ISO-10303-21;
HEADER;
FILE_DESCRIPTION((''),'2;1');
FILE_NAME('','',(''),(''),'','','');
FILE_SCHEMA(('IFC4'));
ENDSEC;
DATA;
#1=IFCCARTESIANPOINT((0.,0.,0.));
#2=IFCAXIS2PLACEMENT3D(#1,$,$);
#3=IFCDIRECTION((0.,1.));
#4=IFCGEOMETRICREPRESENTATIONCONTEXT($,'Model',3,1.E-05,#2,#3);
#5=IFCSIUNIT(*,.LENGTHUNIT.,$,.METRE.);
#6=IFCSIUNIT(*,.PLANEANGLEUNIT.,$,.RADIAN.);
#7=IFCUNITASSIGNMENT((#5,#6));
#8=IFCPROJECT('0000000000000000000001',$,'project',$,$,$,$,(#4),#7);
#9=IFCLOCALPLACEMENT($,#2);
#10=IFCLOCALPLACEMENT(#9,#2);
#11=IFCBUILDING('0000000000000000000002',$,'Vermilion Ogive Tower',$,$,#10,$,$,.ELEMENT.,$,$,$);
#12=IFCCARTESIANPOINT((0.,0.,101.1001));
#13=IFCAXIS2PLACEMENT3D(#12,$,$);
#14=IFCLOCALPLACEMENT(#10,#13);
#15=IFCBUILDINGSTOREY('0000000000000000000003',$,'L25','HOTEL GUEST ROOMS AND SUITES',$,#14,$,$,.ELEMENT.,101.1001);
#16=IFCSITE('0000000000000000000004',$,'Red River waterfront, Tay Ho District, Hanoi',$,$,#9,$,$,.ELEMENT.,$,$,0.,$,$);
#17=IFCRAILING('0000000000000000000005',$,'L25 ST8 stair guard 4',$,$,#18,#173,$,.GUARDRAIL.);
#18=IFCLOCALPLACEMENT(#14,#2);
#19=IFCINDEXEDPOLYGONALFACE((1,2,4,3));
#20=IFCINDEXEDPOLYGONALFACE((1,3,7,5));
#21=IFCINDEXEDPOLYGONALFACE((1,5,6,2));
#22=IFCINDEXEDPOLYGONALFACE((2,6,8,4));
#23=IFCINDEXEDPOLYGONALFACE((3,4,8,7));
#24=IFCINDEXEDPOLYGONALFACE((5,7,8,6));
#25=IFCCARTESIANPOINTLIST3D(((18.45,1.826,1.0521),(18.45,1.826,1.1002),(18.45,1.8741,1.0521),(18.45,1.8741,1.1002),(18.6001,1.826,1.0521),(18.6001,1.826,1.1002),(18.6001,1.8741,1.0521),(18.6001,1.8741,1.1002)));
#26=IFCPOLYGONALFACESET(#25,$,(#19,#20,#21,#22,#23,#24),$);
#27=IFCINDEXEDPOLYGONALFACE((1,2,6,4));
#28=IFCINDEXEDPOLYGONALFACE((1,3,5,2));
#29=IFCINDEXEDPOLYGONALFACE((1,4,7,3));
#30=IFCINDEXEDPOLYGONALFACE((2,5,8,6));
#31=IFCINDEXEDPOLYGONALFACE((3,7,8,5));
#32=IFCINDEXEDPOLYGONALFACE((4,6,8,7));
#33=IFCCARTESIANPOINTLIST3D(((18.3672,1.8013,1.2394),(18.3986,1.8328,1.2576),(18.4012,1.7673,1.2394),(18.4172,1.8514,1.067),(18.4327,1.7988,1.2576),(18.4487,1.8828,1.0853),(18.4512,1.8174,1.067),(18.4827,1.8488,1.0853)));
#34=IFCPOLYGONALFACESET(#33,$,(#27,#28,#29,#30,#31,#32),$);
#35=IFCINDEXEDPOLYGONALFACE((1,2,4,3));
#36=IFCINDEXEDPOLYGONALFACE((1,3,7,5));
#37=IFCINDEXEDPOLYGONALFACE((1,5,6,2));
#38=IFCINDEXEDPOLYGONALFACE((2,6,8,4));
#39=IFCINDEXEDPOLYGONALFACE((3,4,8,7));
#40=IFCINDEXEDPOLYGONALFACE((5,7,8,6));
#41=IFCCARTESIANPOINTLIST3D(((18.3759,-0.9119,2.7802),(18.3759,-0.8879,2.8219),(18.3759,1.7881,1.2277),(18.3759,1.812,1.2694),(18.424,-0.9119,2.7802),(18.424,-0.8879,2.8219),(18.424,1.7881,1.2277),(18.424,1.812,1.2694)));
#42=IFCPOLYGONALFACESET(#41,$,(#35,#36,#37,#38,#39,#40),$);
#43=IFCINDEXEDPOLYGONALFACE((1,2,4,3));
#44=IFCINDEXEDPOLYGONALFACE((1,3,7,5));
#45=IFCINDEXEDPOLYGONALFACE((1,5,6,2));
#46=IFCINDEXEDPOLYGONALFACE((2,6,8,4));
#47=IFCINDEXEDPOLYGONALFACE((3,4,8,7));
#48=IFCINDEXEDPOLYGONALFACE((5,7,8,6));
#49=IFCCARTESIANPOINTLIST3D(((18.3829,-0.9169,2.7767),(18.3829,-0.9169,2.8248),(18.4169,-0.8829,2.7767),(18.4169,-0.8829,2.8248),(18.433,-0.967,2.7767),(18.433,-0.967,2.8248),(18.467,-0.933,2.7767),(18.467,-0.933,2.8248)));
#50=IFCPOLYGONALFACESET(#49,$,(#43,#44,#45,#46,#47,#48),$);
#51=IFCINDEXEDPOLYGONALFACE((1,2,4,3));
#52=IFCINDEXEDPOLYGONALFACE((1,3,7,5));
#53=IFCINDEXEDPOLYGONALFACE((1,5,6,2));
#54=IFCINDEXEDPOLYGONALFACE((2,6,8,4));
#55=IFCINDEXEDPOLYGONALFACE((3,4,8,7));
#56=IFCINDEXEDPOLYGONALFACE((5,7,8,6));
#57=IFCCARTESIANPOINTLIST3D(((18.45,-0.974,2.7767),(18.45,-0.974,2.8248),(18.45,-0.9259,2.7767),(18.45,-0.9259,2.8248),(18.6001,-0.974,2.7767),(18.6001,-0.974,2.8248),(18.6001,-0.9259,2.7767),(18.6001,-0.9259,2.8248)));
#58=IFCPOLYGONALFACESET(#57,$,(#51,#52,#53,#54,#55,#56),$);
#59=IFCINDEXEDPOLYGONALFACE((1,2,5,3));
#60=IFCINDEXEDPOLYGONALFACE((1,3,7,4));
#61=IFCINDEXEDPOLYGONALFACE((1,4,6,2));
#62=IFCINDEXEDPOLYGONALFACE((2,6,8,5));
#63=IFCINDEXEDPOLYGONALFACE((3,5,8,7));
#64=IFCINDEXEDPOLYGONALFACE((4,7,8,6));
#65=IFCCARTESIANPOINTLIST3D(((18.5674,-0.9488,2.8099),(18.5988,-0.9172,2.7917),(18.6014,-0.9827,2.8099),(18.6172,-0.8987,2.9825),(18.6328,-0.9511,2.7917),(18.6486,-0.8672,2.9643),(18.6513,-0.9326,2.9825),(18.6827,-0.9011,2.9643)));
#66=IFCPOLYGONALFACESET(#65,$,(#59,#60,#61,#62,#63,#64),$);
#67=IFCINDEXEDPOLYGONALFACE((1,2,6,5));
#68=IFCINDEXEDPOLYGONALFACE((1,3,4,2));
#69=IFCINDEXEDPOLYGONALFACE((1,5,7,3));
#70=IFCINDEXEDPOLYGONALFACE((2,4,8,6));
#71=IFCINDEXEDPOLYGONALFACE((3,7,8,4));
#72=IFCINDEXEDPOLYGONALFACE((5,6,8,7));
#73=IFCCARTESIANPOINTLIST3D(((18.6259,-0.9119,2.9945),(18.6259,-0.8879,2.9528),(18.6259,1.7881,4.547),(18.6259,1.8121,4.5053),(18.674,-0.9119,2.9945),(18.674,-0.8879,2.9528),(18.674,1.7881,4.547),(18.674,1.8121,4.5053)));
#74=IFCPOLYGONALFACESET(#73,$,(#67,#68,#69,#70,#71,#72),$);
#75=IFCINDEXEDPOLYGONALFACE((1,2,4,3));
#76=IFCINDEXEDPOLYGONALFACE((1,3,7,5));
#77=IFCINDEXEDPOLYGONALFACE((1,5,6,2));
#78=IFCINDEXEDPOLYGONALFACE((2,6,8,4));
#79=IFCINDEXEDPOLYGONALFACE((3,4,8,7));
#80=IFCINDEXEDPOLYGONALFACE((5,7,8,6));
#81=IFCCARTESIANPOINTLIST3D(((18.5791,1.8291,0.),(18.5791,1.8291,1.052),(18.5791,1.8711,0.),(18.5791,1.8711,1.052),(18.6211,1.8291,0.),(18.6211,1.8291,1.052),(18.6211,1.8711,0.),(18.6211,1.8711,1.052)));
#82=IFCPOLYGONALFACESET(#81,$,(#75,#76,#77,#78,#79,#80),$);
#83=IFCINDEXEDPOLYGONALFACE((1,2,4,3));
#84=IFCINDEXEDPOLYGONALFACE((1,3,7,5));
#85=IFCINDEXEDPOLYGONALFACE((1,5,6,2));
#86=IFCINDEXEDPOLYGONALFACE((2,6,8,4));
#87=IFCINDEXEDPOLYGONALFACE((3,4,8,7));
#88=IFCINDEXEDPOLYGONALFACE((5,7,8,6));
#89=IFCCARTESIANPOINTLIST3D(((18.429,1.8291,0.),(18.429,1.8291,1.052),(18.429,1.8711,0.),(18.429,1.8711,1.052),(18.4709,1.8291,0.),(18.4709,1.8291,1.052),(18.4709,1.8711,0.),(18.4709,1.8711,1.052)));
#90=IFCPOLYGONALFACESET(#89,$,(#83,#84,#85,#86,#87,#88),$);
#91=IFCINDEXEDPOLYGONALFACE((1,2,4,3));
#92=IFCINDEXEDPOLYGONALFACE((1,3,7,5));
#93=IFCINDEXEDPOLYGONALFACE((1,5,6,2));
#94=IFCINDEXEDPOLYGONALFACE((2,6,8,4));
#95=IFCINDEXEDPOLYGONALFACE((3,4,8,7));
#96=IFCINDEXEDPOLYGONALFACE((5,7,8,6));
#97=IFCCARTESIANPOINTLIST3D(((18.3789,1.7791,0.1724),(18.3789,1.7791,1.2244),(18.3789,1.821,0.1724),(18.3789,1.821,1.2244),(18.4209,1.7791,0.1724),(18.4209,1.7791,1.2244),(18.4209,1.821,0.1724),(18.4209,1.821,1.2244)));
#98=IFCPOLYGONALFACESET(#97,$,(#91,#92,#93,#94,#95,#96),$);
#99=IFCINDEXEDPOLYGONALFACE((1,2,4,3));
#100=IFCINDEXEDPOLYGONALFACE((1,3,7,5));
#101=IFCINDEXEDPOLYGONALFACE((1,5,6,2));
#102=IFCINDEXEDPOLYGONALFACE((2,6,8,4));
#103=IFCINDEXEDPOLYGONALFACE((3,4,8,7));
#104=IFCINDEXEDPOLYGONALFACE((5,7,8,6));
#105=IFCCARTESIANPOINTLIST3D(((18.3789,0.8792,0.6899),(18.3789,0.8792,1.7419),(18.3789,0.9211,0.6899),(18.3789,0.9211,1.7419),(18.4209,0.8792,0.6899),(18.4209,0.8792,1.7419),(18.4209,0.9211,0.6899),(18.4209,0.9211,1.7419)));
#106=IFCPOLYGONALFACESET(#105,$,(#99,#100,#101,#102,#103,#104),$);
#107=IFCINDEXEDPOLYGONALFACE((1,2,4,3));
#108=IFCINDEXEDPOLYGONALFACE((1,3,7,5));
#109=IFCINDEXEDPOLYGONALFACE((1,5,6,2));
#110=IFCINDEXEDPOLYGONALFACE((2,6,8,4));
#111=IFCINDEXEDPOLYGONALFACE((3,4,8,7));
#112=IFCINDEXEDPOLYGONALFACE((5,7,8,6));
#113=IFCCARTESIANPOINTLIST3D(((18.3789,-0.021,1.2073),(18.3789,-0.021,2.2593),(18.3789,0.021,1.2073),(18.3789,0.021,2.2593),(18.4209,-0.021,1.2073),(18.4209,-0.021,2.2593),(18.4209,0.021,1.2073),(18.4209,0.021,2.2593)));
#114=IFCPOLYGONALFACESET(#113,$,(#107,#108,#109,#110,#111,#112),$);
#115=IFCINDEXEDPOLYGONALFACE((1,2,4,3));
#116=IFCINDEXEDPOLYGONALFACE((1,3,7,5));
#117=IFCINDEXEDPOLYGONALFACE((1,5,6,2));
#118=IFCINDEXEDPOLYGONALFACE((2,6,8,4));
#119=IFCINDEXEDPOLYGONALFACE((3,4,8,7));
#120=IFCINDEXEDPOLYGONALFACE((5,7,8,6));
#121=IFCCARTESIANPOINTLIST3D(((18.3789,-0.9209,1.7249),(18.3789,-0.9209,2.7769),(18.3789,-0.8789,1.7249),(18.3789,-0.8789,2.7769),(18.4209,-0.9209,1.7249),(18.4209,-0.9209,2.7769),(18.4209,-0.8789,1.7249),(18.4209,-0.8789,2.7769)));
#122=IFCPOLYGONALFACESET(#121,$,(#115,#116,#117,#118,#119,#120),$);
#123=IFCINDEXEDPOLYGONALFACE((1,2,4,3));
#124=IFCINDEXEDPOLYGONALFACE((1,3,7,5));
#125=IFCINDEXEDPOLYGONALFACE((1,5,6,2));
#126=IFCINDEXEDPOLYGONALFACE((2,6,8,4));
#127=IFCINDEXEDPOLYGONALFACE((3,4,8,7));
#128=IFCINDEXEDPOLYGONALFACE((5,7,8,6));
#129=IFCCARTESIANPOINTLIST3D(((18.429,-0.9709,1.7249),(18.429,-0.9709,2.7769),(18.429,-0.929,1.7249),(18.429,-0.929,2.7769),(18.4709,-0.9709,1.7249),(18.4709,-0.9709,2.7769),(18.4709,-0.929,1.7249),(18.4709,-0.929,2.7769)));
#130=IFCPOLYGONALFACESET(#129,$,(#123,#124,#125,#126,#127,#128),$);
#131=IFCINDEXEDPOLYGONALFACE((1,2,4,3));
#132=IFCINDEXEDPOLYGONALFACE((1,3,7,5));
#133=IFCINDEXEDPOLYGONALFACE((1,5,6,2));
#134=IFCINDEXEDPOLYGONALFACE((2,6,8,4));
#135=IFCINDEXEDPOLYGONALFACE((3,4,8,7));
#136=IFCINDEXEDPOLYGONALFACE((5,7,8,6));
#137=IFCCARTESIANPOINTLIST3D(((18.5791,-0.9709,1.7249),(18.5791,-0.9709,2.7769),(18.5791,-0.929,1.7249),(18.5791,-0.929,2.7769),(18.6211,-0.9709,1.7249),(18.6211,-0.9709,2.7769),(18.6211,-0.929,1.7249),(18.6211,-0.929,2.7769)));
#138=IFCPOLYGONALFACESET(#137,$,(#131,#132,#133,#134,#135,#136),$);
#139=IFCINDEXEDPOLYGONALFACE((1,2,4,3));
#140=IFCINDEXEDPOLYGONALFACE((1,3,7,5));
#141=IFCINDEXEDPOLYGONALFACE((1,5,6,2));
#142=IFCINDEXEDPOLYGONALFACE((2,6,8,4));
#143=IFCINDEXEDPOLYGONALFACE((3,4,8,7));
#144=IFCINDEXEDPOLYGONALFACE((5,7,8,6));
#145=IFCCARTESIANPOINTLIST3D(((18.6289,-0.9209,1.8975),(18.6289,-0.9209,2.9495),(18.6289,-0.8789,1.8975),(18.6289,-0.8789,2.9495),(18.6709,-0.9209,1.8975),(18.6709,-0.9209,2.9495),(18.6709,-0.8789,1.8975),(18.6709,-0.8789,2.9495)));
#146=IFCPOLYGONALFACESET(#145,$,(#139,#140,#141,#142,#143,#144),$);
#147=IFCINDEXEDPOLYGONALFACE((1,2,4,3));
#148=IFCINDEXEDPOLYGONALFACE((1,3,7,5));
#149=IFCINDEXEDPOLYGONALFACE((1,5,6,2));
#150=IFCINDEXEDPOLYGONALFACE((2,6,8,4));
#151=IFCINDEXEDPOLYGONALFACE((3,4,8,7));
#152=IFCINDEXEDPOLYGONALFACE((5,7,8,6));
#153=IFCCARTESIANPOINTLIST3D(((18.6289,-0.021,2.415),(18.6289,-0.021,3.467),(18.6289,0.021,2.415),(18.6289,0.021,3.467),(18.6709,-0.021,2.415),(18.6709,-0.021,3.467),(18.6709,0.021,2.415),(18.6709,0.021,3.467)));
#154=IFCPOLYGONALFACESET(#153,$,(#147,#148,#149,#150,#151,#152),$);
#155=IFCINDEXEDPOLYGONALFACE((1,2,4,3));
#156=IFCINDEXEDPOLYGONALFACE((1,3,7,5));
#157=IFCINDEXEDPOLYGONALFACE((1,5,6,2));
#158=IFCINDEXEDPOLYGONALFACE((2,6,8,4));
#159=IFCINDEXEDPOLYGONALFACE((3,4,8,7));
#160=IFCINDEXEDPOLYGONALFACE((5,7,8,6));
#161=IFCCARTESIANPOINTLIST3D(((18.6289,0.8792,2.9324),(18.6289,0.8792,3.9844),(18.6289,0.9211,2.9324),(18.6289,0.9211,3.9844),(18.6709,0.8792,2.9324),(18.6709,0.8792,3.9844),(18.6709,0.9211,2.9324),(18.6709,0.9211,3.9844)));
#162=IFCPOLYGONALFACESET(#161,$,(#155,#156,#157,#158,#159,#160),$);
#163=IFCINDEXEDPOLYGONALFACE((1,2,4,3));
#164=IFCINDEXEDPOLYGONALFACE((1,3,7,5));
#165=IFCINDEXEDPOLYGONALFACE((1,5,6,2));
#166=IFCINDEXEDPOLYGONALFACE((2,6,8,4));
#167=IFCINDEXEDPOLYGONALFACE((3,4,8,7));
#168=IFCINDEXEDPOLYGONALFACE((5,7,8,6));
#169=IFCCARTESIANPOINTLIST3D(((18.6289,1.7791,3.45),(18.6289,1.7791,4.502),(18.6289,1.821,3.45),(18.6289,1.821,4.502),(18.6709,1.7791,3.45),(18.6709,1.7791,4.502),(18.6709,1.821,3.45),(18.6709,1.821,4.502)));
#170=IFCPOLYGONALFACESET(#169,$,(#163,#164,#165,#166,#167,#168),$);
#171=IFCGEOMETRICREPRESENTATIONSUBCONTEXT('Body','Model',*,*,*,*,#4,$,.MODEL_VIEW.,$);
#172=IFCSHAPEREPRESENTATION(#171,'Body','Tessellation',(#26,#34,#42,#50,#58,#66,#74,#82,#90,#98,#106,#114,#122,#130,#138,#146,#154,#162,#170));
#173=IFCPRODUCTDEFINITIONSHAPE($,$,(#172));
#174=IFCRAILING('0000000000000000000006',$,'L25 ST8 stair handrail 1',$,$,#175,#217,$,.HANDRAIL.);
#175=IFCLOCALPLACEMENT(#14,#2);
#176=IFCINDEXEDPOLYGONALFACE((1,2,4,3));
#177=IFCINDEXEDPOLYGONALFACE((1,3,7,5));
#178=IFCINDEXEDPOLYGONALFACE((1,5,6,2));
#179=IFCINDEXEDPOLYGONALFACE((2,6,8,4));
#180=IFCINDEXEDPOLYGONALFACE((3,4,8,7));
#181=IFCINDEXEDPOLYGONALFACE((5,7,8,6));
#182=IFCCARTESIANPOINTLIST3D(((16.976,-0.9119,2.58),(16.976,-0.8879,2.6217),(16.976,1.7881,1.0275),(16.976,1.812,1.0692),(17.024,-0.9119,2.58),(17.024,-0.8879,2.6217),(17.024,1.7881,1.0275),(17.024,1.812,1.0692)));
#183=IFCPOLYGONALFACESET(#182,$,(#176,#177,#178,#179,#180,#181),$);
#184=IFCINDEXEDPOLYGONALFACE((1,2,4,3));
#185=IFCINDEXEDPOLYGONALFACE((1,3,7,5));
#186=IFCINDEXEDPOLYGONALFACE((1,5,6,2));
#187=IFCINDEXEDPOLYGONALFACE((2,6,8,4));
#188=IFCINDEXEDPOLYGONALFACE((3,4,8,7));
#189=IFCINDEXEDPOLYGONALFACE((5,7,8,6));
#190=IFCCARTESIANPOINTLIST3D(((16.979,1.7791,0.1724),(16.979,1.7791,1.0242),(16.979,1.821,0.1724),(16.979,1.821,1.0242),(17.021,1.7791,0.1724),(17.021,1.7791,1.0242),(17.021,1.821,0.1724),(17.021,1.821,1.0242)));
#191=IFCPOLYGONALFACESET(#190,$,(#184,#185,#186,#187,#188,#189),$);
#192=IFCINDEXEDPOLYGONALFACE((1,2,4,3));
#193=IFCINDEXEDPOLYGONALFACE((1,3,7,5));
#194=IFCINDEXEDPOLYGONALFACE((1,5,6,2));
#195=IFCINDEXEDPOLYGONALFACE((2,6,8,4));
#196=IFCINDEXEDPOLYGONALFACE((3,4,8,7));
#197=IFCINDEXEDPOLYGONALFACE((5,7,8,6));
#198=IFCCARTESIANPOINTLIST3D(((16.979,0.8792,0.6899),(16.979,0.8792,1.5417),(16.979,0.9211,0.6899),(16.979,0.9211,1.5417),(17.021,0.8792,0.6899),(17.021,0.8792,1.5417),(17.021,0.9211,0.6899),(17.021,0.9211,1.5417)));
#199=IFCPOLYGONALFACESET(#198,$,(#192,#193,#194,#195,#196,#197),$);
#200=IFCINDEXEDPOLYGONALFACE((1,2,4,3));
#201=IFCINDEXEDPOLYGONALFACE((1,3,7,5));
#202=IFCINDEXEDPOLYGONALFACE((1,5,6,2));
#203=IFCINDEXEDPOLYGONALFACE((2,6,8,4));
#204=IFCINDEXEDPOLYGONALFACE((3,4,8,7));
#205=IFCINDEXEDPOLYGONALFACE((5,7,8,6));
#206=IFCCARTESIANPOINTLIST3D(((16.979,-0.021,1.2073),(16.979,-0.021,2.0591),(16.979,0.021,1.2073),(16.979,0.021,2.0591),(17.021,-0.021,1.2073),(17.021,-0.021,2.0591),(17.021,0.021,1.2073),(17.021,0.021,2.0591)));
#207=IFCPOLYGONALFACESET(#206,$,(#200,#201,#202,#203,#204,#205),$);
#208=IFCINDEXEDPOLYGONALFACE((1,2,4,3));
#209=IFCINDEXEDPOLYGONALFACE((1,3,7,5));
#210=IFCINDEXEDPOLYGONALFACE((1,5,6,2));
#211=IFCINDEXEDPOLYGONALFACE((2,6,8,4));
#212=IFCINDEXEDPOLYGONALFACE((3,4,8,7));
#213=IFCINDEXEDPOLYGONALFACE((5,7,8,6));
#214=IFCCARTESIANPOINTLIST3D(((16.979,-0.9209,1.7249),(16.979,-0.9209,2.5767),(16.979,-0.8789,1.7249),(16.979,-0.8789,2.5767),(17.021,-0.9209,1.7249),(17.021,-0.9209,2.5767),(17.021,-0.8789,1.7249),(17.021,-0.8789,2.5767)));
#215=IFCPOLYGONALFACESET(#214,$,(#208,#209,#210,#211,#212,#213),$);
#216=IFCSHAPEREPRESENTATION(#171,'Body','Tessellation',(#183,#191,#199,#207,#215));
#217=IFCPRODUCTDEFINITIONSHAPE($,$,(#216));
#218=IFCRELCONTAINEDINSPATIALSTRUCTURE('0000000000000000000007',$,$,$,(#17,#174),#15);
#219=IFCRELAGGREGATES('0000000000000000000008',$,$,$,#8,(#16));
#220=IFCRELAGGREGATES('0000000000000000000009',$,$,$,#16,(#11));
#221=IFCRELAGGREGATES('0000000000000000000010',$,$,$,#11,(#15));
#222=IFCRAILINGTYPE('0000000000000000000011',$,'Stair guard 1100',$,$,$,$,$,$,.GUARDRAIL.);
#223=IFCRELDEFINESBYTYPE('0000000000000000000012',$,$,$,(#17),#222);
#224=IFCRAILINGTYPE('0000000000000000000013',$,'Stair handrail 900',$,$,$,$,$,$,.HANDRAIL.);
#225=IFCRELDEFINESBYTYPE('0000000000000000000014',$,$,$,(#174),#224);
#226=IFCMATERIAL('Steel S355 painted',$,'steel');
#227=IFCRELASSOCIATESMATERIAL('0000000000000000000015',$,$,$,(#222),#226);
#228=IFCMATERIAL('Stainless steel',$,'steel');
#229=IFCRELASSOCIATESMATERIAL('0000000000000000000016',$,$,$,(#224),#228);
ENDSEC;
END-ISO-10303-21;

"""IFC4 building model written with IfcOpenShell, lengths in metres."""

from ifc_helpers import new_model, si_unit, direction, frame, origin, origin_2d, place, context, subcontext, project, spatial, rectangle, extrude, material, type_object, element, save


model = new_model("IFC4")

# Units and contexts
model_context = context("Model", 3, precision=1e-05, world=origin(), true_north=direction((0.0, 1.0)))
body_context = subcontext(model_context, "Body", "Model", "MODEL_VIEW")
ifc_project = project(units=[si_unit("LENGTHUNIT", "METRE"), si_unit("PLANEANGLEUNIT", "RADIAN")], contexts=[model_context])

# Site, building, storey
site_placement = place(None, origin())
site = spatial("IfcSite", under=ifc_project, at=site_placement, Name="Red River waterfront, Tay Ho District, Hanoi", CompositionType="ELEMENT", RefElevation=0.0)
building_placement = place(site_placement, origin())
building = spatial("IfcBuilding", under=site, at=building_placement, Name="Vermilion Ogive Tower", CompositionType="ELEMENT")
storey_placement = place(building_placement, frame((0.0, 0.0, 101.1001)))
storey = spatial("IfcBuildingStorey", under=building, at=storey_placement, Name="L25", Description="HOTEL GUEST ROOMS AND SUITES", CompositionType="ELEMENT", Elevation=101.1001)

# Railings
ifc_material_1 = material(Name="Steel S355 painted", Category="steel")
railing_type_1 = type_object("IfcRailingType", Name="Stair guard 1100", PredefinedType="GUARDRAIL", material=ifc_material_1)
railing_1_placement = place(storey_placement, frame((18.6001, 1.8501, 0.0)))
element("IfcRailing", 1, at=railing_1_placement, inside=storey, type_object=railing_type_1, Name="L25 ST8 stair guard 4", PredefinedType="GUARDRAIL", context=body_context, shape_type="SweptSolid", body=[
    extrude(rectangle(XDim=0.0481, YDim=0.0481, at=origin_2d()), frame((0.0, 0.0, 1.0762), z_axis=(-1.0, 0.0, 0.0), x_axis=(0.0, -1.0, 0.0)), (0.0, 0.0, 1.0), 0.1501),
    extrude(rectangle(XDim=0.0481, YDim=0.0481, at=origin_2d()), frame((-0.1501, 0.0, 1.0762), z_axis=(-0.268603, -0.268603, 0.925043), x_axis=(0.707107, -0.707107, 0.0)), (0.0, 0.0, 1.0), 0.1863),
    extrude(rectangle(XDim=0.0481, YDim=0.0481, at=origin_2d()), frame((-0.2002, -0.05, 1.2485), z_axis=(0.0, -0.866904, 0.498476), x_axis=(1.0, 0.0, 0.0)), (0.0, 0.0, 1.0), 3.1145),
    extrude(rectangle(XDim=0.0481, YDim=0.0481, at=origin_2d()), frame((-0.2002, -2.75, 2.8008), z_axis=(0.707107, -0.707107, 0.0), x_axis=(0.707107, 0.707107, 0.0)), (0.0, 0.0, 1.0), 0.0708),
    extrude(rectangle(XDim=0.0481, YDim=0.0481, at=origin_2d()), frame((-0.1501, -2.8, 2.8008), z_axis=(1.0, 0.0, 0.0), x_axis=(0.0, 1.0, 0.0)), (0.0, 0.0, 1.0), 0.1501),
    extrude(rectangle(XDim=0.0481, YDim=0.0481, at=origin_2d()), frame((0.0, -2.8, 2.8008), z_axis=(0.267063, 0.268372, 0.925556), x_axis=(-0.708834, 0.705376, 0.0)), (0.0, 0.0, 1.0), 0.1865),
    extrude(rectangle(XDim=0.0481, YDim=0.0481, at=origin_2d()), frame((0.0498, -2.75, 2.9736), z_axis=(0.0, 0.866904, 0.498476), x_axis=(-1.0, 0.0, 0.0)), (0.0, 0.0, 1.0), 3.1145),
    extrude(rectangle(XDim=0.042, YDim=0.042, at=origin_2d()), origin(), (0.0, 0.0, 1.0), 1.052),
    extrude(rectangle(XDim=0.042, YDim=0.042, at=origin_2d()), frame((-0.1501, 0.0, 0.0)), (0.0, 0.0, 1.0), 1.052),
    extrude(rectangle(XDim=0.042, YDim=0.042, at=origin_2d()), frame((-0.2002, -0.05, 0.1724)), (0.0, 0.0, 1.0), 1.052),
    extrude(rectangle(XDim=0.042, YDim=0.042, at=origin_2d()), frame((-0.2002, -0.95, 0.6899)), (0.0, 0.0, 1.0), 1.052),
    extrude(rectangle(XDim=0.042, YDim=0.042, at=origin_2d()), frame((-0.2002, -1.8501, 1.2073)), (0.0, 0.0, 1.0), 1.052),
    extrude(rectangle(XDim=0.042, YDim=0.042, at=origin_2d()), frame((-0.2002, -2.75, 1.7249)), (0.0, 0.0, 1.0), 1.052),
    extrude(rectangle(XDim=0.042, YDim=0.042, at=origin_2d()), frame((-0.1501, -2.8, 1.7249)), (0.0, 0.0, 1.0), 1.052),
    extrude(rectangle(XDim=0.042, YDim=0.042, at=origin_2d()), frame((0.0, -2.8, 1.7249)), (0.0, 0.0, 1.0), 1.052),
    extrude(rectangle(XDim=0.042, YDim=0.042, at=origin_2d()), frame((0.0498, -2.75, 1.8975)), (0.0, 0.0, 1.0), 1.052),
    extrude(rectangle(XDim=0.042, YDim=0.042, at=origin_2d()), frame((0.0498, -1.8501, 2.415)), (0.0, 0.0, 1.0), 1.052),
    extrude(rectangle(XDim=0.042, YDim=0.042, at=origin_2d()), frame((0.0498, -0.95, 2.9324)), (0.0, 0.0, 1.0), 1.052),
    extrude(rectangle(XDim=0.042, YDim=0.042, at=origin_2d()), frame((0.0498, -0.05, 3.45)), (0.0, 0.0, 1.0), 1.052),
])
ifc_material_2 = material(Name="Stainless steel", Category="steel")
railing_type_2 = type_object("IfcRailingType", Name="Stair handrail 900", PredefinedType="HANDRAIL", material=ifc_material_2)
railing_2_placement = place(storey_placement, frame((17.0, 1.8, 0.1724)))
element("IfcRailing", 2, at=railing_2_placement, inside=storey, type_object=railing_type_2, Name="L25 ST8 stair handrail 1", PredefinedType="HANDRAIL", context=body_context, shape_type="SweptSolid", body=[
    extrude(rectangle(XDim=0.0481, YDim=0.0481, at=origin_2d()), frame((0.0, 0.0, 0.876), z_axis=(0.0, -0.866904, 0.498476), x_axis=(1.0, 0.0, 0.0)), (0.0, 0.0, 1.0), 3.1145),
    extrude(rectangle(XDim=0.042, YDim=0.042, at=origin_2d()), origin(), (0.0, 0.0, 1.0), 0.8518),
    extrude(rectangle(XDim=0.042, YDim=0.042, at=origin_2d()), frame((0.0, -0.8999, 0.5176)), (0.0, 0.0, 1.0), 0.8518),
    extrude(rectangle(XDim=0.042, YDim=0.042, at=origin_2d()), frame((0.0, -1.8, 1.0349)), (0.0, 0.0, 1.0), 0.8518),
    extrude(rectangle(XDim=0.042, YDim=0.042, at=origin_2d()), frame((0.0, -2.7, 1.5525)), (0.0, 0.0, 1.0), 0.8518),
])

save(model, "model.ifc")
